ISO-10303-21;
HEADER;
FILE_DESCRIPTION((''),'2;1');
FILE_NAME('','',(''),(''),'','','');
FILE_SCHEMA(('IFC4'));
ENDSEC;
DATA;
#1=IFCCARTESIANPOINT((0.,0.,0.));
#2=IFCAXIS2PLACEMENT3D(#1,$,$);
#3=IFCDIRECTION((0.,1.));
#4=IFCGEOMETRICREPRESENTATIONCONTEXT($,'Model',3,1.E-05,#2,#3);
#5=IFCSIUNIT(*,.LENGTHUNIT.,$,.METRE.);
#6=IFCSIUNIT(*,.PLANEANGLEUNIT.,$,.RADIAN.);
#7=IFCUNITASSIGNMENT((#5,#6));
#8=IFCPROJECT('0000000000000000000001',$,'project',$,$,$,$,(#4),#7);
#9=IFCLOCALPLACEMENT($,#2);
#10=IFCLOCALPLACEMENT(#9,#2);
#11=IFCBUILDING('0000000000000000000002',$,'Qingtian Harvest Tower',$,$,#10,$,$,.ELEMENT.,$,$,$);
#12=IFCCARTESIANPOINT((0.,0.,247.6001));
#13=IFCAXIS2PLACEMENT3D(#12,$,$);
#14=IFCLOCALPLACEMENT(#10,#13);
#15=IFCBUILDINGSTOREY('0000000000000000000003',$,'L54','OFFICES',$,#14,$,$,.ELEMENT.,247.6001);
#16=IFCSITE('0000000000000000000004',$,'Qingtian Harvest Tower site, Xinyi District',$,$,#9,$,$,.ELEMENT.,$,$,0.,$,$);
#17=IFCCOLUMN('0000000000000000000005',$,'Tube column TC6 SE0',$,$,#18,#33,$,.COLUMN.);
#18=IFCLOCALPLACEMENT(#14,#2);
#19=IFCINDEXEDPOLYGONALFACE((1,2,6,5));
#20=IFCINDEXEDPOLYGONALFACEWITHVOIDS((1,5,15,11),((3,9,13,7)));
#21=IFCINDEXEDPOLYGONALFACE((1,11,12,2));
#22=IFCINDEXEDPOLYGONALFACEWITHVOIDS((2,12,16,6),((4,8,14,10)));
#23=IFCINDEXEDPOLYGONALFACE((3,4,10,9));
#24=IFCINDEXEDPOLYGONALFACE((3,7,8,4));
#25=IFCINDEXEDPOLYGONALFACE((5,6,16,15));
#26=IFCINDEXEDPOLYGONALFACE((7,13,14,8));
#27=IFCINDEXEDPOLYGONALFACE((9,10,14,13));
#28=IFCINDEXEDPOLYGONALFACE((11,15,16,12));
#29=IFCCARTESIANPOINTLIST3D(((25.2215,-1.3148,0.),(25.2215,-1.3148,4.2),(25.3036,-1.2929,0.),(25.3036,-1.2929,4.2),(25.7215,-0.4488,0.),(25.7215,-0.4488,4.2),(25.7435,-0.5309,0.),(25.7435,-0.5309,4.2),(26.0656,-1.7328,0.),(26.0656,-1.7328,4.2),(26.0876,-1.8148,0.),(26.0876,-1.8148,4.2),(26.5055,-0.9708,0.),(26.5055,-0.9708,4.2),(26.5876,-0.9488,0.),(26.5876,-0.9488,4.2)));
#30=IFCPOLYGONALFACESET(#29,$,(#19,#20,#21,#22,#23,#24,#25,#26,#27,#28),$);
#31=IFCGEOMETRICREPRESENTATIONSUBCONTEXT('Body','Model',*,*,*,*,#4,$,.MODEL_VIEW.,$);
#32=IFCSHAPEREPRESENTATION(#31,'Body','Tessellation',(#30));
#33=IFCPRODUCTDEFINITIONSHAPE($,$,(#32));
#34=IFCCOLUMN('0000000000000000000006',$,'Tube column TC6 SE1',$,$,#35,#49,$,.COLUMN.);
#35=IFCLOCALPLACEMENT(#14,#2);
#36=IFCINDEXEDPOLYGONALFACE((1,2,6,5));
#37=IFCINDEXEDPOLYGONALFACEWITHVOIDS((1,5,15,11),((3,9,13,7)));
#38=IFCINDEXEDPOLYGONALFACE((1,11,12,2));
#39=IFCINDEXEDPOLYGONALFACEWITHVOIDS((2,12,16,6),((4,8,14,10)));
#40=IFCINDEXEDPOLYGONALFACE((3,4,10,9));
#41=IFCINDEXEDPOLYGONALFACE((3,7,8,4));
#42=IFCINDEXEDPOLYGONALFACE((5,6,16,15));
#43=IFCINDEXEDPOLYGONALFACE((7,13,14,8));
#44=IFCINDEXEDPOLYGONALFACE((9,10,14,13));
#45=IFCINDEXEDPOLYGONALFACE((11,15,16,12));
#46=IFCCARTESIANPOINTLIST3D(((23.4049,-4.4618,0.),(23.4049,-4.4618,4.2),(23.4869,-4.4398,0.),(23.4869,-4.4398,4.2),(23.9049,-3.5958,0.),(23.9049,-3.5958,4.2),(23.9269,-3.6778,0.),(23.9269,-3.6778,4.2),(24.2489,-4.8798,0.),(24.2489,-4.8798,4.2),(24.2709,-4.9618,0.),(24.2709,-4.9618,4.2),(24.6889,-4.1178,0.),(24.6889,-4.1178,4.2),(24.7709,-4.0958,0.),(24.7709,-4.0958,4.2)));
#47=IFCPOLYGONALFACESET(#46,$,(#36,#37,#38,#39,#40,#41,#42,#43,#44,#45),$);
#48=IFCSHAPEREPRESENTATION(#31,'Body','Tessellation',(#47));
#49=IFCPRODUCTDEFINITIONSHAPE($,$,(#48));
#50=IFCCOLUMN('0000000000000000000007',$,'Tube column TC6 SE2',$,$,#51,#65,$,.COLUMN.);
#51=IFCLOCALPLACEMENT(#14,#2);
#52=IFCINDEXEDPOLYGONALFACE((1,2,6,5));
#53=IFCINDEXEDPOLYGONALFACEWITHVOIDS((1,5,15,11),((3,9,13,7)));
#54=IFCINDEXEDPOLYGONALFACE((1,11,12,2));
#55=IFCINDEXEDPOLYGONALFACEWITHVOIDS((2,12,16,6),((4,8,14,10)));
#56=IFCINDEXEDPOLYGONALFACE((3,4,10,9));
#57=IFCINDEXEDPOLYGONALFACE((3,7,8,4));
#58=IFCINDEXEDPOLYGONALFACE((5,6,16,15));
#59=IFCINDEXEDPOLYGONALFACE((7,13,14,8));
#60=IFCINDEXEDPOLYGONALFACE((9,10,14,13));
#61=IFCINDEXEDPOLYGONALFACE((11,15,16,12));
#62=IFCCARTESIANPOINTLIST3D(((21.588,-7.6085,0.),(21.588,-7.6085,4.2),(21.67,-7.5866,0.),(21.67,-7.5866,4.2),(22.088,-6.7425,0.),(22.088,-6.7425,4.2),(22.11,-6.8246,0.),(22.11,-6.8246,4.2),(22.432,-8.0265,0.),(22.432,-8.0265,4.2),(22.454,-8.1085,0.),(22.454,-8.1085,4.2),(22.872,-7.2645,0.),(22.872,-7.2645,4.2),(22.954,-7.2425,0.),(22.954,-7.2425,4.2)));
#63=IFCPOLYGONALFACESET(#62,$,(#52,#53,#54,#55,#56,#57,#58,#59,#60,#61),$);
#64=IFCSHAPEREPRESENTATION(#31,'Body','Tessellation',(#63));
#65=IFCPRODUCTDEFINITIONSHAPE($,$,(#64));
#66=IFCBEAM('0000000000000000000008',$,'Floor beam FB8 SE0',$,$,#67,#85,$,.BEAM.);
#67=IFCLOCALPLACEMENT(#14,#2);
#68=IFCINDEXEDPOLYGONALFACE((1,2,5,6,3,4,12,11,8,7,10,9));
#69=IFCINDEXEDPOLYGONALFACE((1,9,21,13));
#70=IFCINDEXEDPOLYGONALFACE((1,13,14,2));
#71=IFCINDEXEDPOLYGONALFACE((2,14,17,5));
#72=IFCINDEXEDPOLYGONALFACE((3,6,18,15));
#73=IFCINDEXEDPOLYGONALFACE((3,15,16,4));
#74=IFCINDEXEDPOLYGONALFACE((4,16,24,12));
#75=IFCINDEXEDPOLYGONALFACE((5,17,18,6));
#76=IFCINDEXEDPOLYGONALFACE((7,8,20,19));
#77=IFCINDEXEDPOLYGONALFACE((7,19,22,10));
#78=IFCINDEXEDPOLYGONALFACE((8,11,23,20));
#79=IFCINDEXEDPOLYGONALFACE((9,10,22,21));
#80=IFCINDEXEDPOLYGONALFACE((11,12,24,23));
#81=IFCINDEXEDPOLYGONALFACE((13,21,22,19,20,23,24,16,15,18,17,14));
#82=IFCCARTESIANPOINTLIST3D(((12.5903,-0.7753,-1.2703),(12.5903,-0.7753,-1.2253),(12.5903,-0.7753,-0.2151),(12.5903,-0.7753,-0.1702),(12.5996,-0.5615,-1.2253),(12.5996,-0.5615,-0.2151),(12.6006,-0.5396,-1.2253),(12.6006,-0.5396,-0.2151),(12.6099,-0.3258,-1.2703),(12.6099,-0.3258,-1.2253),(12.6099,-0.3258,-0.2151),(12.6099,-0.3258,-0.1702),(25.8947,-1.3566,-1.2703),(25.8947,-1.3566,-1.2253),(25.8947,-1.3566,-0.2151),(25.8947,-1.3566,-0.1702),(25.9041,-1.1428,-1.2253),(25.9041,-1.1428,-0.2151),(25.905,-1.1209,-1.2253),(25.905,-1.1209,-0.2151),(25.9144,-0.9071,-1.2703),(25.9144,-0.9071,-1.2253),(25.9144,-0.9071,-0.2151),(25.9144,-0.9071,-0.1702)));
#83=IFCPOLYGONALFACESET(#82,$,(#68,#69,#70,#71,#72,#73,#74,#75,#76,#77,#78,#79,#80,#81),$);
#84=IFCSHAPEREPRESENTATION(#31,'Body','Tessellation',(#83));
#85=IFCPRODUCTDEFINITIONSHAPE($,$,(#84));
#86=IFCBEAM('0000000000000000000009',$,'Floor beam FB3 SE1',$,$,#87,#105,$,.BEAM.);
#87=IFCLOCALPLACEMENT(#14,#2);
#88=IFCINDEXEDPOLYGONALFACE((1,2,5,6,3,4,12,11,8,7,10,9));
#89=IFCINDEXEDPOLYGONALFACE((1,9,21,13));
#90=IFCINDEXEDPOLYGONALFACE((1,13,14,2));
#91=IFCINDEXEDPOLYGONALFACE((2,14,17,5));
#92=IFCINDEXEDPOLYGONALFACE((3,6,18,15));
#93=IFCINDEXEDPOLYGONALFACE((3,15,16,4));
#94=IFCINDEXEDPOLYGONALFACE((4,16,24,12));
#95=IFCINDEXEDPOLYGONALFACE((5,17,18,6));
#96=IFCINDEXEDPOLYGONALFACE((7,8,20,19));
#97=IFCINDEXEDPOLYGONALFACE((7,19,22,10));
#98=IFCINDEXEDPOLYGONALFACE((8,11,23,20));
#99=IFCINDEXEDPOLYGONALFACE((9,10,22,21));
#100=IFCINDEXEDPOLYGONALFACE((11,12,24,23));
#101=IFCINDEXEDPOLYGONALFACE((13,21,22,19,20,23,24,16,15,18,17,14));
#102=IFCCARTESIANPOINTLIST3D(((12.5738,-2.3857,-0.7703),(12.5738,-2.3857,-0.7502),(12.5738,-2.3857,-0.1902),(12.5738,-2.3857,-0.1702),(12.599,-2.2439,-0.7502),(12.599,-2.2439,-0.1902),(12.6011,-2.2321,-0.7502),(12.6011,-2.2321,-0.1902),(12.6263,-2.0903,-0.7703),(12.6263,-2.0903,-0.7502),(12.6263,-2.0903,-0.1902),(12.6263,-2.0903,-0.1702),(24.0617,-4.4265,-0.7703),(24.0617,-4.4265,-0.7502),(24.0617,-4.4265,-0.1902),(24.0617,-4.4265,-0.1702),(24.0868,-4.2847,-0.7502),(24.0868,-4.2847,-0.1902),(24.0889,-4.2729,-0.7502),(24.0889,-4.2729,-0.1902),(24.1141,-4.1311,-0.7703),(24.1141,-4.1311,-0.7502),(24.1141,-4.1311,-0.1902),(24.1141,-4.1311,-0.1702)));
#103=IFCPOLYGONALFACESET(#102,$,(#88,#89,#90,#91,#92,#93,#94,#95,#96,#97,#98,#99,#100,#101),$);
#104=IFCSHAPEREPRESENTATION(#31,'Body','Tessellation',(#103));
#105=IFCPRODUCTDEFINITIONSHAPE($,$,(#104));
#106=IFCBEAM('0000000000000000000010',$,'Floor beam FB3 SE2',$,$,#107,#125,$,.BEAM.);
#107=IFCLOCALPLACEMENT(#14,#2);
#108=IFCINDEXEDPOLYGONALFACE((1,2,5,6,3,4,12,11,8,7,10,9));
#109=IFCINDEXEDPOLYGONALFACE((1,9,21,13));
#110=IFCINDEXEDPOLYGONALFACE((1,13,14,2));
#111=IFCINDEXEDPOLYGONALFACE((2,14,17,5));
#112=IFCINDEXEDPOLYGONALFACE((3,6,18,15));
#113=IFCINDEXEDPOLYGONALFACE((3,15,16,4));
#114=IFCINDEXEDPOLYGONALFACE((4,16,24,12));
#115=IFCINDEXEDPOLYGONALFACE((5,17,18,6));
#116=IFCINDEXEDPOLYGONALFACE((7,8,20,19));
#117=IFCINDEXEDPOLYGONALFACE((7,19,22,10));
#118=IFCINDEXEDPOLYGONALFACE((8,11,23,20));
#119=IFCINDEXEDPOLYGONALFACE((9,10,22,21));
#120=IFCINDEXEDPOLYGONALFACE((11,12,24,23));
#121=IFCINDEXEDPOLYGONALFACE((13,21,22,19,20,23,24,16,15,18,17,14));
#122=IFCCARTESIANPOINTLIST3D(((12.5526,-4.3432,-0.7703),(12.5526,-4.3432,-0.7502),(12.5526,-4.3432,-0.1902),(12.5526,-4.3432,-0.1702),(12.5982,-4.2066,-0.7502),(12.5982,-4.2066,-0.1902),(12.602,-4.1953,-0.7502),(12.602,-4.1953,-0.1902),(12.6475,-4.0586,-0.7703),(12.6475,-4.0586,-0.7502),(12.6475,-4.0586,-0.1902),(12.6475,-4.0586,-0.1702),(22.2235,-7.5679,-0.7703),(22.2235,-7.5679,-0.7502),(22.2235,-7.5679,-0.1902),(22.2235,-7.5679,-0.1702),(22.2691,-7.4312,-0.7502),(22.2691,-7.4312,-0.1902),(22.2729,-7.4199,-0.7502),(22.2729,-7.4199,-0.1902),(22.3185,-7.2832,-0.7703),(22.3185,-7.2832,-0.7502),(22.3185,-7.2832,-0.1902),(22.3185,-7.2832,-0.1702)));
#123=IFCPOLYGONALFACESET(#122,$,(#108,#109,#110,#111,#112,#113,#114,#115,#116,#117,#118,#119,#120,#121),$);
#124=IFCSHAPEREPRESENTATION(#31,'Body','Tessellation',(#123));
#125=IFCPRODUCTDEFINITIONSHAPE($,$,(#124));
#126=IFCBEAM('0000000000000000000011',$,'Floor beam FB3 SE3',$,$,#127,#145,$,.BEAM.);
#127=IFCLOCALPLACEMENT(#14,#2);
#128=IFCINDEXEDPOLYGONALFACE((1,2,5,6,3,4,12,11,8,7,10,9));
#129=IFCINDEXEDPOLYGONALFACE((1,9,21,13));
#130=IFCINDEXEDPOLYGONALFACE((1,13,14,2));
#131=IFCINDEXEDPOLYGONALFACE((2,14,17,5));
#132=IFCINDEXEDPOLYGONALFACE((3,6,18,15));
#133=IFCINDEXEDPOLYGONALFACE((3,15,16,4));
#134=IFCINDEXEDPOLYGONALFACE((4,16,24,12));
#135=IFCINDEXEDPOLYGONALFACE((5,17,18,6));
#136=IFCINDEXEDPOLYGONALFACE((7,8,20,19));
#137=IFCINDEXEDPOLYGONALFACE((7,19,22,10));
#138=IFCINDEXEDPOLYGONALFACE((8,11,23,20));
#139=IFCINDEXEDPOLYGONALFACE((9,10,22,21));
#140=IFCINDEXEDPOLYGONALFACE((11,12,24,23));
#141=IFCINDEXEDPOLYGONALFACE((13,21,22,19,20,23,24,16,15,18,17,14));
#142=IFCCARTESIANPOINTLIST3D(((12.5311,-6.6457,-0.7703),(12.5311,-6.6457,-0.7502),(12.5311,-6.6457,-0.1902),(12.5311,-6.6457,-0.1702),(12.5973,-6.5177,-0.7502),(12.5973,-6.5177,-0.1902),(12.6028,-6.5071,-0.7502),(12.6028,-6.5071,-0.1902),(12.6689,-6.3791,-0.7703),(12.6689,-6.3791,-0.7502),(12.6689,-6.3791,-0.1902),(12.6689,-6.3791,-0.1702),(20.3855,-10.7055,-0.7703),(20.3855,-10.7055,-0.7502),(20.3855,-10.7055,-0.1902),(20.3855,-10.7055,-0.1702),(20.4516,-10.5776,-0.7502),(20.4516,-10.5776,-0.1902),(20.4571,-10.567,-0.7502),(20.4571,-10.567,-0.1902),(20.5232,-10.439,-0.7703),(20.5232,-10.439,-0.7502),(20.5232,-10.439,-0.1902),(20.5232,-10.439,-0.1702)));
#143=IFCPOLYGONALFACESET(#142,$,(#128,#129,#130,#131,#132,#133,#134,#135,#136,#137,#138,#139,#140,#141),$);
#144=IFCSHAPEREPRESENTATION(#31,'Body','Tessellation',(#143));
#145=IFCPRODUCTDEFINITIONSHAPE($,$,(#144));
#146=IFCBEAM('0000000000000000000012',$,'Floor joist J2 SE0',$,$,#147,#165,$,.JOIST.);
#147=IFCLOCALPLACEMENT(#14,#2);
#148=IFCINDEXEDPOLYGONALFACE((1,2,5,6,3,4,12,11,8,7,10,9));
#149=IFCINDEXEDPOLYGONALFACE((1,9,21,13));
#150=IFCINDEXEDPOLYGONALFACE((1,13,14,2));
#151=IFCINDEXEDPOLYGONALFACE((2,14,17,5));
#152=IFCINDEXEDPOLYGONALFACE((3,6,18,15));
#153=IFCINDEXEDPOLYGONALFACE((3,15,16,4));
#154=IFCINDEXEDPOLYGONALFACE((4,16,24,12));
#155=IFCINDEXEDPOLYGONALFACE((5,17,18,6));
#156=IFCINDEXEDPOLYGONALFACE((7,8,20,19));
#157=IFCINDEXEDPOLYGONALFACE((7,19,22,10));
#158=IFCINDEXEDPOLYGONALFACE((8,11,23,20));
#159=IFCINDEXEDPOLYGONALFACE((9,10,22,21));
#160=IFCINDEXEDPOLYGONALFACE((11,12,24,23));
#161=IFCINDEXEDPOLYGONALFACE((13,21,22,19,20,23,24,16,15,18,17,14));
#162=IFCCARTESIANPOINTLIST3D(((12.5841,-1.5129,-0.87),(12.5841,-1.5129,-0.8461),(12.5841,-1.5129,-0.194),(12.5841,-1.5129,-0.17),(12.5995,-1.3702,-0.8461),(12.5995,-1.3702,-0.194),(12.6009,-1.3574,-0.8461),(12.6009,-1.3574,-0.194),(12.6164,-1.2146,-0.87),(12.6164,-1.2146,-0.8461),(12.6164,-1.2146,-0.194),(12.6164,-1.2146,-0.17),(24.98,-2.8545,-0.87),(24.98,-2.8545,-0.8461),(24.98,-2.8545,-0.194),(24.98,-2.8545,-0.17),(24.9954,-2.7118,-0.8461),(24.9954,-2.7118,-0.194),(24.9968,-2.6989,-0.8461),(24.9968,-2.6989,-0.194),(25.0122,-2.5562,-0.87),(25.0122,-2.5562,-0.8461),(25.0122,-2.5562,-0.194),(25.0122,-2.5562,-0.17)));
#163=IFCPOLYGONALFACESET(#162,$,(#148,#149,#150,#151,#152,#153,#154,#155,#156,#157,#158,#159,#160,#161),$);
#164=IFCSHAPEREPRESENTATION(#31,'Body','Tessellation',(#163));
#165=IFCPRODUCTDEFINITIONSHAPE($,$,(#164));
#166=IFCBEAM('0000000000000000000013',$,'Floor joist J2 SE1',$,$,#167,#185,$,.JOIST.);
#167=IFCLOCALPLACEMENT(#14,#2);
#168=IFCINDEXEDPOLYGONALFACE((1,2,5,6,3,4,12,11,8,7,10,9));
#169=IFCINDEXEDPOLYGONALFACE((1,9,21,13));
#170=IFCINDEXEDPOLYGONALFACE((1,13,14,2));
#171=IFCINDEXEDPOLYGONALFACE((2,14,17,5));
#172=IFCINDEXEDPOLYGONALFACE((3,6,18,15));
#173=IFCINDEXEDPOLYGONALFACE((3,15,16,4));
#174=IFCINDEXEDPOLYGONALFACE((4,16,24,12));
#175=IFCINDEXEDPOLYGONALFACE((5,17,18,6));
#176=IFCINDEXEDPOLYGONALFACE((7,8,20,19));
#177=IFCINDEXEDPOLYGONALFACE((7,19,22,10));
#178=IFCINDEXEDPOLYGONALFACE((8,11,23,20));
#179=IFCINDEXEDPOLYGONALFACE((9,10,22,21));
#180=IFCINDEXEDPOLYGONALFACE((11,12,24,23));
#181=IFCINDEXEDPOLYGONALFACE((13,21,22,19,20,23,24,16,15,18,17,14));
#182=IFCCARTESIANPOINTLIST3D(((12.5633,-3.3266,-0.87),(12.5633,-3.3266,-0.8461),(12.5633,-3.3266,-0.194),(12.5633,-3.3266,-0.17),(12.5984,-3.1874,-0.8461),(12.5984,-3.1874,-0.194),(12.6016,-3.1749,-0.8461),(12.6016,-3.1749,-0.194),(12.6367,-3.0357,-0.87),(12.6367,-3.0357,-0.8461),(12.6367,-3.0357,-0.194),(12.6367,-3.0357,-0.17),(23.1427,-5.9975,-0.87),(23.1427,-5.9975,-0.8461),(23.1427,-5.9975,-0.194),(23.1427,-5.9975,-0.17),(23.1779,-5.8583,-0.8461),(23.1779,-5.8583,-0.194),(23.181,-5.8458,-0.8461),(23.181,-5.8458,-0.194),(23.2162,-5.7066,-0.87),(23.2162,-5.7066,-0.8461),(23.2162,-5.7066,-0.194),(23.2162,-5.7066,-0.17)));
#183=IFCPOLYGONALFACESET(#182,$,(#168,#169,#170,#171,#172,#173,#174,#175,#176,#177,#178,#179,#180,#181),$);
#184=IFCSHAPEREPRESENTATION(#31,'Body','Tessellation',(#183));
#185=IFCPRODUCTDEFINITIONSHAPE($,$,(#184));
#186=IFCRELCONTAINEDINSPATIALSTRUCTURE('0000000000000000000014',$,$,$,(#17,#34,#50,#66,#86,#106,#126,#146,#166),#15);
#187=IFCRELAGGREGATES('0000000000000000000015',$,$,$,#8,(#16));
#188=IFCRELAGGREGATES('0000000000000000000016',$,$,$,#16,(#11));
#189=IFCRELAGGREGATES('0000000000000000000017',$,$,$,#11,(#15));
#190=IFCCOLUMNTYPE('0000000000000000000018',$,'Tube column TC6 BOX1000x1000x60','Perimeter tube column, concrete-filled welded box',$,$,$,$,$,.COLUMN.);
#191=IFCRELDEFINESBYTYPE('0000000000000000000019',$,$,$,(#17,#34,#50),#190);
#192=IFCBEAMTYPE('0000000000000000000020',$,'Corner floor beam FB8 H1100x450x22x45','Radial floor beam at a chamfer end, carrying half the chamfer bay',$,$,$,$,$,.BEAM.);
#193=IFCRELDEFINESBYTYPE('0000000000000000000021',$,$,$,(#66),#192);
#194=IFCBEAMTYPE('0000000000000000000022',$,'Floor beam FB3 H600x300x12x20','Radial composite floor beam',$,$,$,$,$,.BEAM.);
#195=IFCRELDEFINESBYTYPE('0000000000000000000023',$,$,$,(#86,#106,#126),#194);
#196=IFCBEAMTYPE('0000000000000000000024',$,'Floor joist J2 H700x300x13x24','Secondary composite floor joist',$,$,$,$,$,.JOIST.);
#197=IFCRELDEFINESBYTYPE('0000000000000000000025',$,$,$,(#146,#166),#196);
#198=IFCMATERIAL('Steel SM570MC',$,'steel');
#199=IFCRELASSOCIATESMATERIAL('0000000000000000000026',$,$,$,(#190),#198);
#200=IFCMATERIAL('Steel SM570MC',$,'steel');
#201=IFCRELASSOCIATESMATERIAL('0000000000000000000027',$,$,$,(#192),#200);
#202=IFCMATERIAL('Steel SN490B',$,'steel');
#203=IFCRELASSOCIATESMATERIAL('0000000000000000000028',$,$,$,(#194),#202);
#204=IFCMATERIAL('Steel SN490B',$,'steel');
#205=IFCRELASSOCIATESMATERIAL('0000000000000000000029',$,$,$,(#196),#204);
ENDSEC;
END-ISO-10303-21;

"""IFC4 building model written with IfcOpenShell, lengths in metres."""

from ifc_helpers import new_model, si_unit, direction, frame, origin, origin_2d, place, context, subcontext, project, spatial, hollow_rectangle, i_section, extrude, material, material_profile, profile_set, type_object, element, save


model = new_model("IFC4")

# Units and contexts
model_context = context("Model", 3, precision=1e-05, world=origin(), true_north=direction((0.0, 1.0)))
body_context = subcontext(model_context, "Body", "Model", "MODEL_VIEW")
ifc_project = project(units=[si_unit("LENGTHUNIT", "METRE"), si_unit("PLANEANGLEUNIT", "RADIAN")], contexts=[model_context])

# Site, building, storey
site_placement = place(None, origin())
site = spatial("IfcSite", under=ifc_project, at=site_placement, Name="Qingtian Harvest Tower site, Xinyi District", CompositionType="ELEMENT", RefElevation=0.0)
building_placement = place(site_placement, origin())
building = spatial("IfcBuilding", under=site, at=building_placement, Name="Qingtian Harvest Tower", CompositionType="ELEMENT")
storey_placement = place(building_placement, frame((0.0, 0.0, 247.6001)))
storey = spatial("IfcBuildingStorey", under=building, at=storey_placement, Name="L54", Description="OFFICES", CompositionType="ELEMENT", Elevation=247.6001)

# Columns
ifc_material_1 = material(Name="Steel SM570MC", Category="steel")
ifc_material_profile_1 = material_profile(ifc_material_1, hollow_rectangle(XDim=1.0, YDim=1.0, WallThickness=0.0601, at=origin_2d()), Name="BOX1000x1000x60")
ifc_profile_set_1 = profile_set([ifc_material_profile_1], Name="Steel SM570MC")
column_type = type_object("IfcColumnType", Name="Tube column TC6 BOX1000x1000x60", Description="Perimeter tube column, concrete-filled welded box", PredefinedType="COLUMN", material=ifc_profile_set_1)
for number, where, z_axis, x_axis, name in (
    (1, (25.9045, -1.1318, 0.0), (0.0, 0.0, 1.0), (0.5, 0.866025, 0.0), "Tube column TC6 SE0"),
    (2, (24.0879, -4.2788, 0.0), (0.0, 0.0, 1.0), (0.5, 0.866025, 0.0), "Tube column TC6 SE1"),
    (3, (22.271, -7.4255, 0.0), (0.0, 0.0, 1.0), (0.5, 0.866025, 0.0), "Tube column TC6 SE2"),
):
    element("IfcColumn", number, at=place(storey_placement, frame(where, z_axis=z_axis, x_axis=x_axis)), inside=storey, type_object=column_type, Name=name, PredefinedType="COLUMN", context=body_context, shape_type="SweptSolid", body=[
        extrude(hollow_rectangle(XDim=1.0, YDim=1.0, WallThickness=0.0601, at=origin_2d()), origin(), (0.0, 0.0, 1.0), 4.2),
    ])

# Beams
ifc_material_2 = material(Name="Steel SM570MC", Category="steel")
ifc_material_profile_2 = material_profile(ifc_material_2, i_section(OverallWidth=0.45, OverallDepth=1.1001, WebThickness=0.022, FlangeThickness=0.0449, at=origin_2d()), Name="H1100x450x22x45")
ifc_profile_set_2 = profile_set([ifc_material_profile_2], Name="Steel SM570MC")
beam_type_1 = type_object("IfcBeamType", Name="Corner floor beam FB8 H1100x450x22x45", Description="Radial floor beam at a chamfer end, carrying half the chamfer bay", PredefinedType="BEAM", material=ifc_profile_set_2)
beam_1_placement = place(storey_placement, frame((25.9045, -1.1318, -0.7202), z_axis=(-0.999047, 0.04365, 0.0), x_axis=(-0.04365, -0.999047, 0.0)))
element("IfcBeam", 4, at=beam_1_placement, inside=storey, type_object=beam_type_1, Name="Floor beam FB8 SE0", PredefinedType="BEAM", context=body_context, shape_type="SweptSolid", body=[
    extrude(i_section(OverallWidth=0.45, OverallDepth=1.1001, WebThickness=0.022, FlangeThickness=0.0449, at=origin_2d()), origin(), (0.0, 0.0, 1.0), 13.3171),
])
ifc_material_3 = material(Name="Steel SN490B", Category="steel")
ifc_material_profile_3 = material_profile(ifc_material_3, i_section(OverallWidth=0.3, OverallDepth=0.6001, WebThickness=0.012, FlangeThickness=0.02, at=origin_2d()), Name="H600x300x12x20")
ifc_profile_set_3 = profile_set([ifc_material_profile_3], Name="Steel SN490B")
beam_type_2 = type_object("IfcBeamType", Name="Floor beam FB3 H600x300x12x20", Description="Radial composite floor beam", PredefinedType="BEAM", material=ifc_profile_set_3)
beam_2_placement = place(storey_placement, frame((24.0879, -4.2788, -0.4702), z_axis=(-0.984585, 0.174908, 0.0), x_axis=(-0.174908, -0.984585, 0.0)))
element("IfcBeam", 5, at=beam_2_placement, inside=storey, type_object=beam_type_2, Name="Floor beam FB3 SE1", PredefinedType="BEAM", context=body_context, shape_type="SweptSolid", body=[
    extrude(i_section(OverallWidth=0.3, OverallDepth=0.6001, WebThickness=0.012, FlangeThickness=0.02, at=origin_2d()), origin(), (0.0, 0.0, 1.0), 11.6677),
])
beam_3_placement = place(storey_placement, frame((22.271, -7.4255, -0.4702), z_axis=(-0.948655, 0.316314, 0.0), x_axis=(-0.316314, -0.948655, 0.0)))
element("IfcBeam", 6, at=beam_3_placement, inside=storey, type_object=beam_type_2, Name="Floor beam FB3 SE2", PredefinedType="BEAM", context=body_context, shape_type="SweptSolid", body=[
    extrude(i_section(OverallWidth=0.3, OverallDepth=0.6001, WebThickness=0.012, FlangeThickness=0.02, at=origin_2d()), origin(), (0.0, 0.0, 1.0), 10.1943),
])
beam_4_placement = place(storey_placement, frame((20.4543, -10.5723, -0.4702), z_axis=(-0.888344, 0.45918, 0.0), x_axis=(-0.45918, -0.888344, 0.0)))
element("IfcBeam", 7, at=beam_4_placement, inside=storey, type_object=beam_type_2, Name="Floor beam FB3 SE3", PredefinedType="BEAM", context=body_context, shape_type="SweptSolid", body=[
    extrude(i_section(OverallWidth=0.3, OverallDepth=0.6001, WebThickness=0.012, FlangeThickness=0.02, at=origin_2d()), origin(), (0.0, 0.0, 1.0), 8.8416),
])
ifc_material_4 = material(Name="Steel SN490B", Category="steel")
ifc_material_profile_4 = material_profile(ifc_material_4, i_section(OverallWidth=0.3, OverallDepth=0.7, WebThickness=0.0129, FlangeThickness=0.0239, at=origin_2d()), Name="H700x300x13x24")
ifc_profile_set_4 = profile_set([ifc_material_profile_4], Name="Steel SN490B")
beam_type_3 = type_object("IfcBeamType", Name="Floor joist J2 H700x300x13x24", Description="Secondary composite floor joist", PredefinedType="JOIST", material=ifc_profile_set_4)
beam_5_placement = place(storey_placement, frame((24.9961, -2.7053, -0.52), z_axis=(-0.994195, 0.107596, 0.0), x_axis=(-0.107596, -0.994195, 0.0)))
element("IfcBeam", 8, at=beam_5_placement, inside=storey, type_object=beam_type_3, Name="Floor joist J2 SE0", PredefinedType="JOIST", context=body_context, shape_type="SweptSolid", body=[
    extrude(i_section(OverallWidth=0.3, OverallDepth=0.7, WebThickness=0.0129, FlangeThickness=0.0239, at=origin_2d()), origin(), (0.0, 0.0, 1.0), 12.4683),
])
beam_6_placement = place(storey_placement, frame((23.1794, -5.8521, -0.52), z_axis=(-0.969578, 0.244783, 0.0), x_axis=(-0.244783, -0.969578, 0.0)))
element("IfcBeam", 9, at=beam_6_placement, inside=storey, type_object=beam_type_3, Name="Floor joist J2 SE1", PredefinedType="JOIST", context=body_context, shape_type="SweptSolid", body=[
    extrude(i_section(OverallWidth=0.3, OverallDepth=0.7, WebThickness=0.0129, FlangeThickness=0.0239, at=origin_2d()), origin(), (0.0, 0.0, 1.0), 10.9114),
])

save(model, "model.ifc")
